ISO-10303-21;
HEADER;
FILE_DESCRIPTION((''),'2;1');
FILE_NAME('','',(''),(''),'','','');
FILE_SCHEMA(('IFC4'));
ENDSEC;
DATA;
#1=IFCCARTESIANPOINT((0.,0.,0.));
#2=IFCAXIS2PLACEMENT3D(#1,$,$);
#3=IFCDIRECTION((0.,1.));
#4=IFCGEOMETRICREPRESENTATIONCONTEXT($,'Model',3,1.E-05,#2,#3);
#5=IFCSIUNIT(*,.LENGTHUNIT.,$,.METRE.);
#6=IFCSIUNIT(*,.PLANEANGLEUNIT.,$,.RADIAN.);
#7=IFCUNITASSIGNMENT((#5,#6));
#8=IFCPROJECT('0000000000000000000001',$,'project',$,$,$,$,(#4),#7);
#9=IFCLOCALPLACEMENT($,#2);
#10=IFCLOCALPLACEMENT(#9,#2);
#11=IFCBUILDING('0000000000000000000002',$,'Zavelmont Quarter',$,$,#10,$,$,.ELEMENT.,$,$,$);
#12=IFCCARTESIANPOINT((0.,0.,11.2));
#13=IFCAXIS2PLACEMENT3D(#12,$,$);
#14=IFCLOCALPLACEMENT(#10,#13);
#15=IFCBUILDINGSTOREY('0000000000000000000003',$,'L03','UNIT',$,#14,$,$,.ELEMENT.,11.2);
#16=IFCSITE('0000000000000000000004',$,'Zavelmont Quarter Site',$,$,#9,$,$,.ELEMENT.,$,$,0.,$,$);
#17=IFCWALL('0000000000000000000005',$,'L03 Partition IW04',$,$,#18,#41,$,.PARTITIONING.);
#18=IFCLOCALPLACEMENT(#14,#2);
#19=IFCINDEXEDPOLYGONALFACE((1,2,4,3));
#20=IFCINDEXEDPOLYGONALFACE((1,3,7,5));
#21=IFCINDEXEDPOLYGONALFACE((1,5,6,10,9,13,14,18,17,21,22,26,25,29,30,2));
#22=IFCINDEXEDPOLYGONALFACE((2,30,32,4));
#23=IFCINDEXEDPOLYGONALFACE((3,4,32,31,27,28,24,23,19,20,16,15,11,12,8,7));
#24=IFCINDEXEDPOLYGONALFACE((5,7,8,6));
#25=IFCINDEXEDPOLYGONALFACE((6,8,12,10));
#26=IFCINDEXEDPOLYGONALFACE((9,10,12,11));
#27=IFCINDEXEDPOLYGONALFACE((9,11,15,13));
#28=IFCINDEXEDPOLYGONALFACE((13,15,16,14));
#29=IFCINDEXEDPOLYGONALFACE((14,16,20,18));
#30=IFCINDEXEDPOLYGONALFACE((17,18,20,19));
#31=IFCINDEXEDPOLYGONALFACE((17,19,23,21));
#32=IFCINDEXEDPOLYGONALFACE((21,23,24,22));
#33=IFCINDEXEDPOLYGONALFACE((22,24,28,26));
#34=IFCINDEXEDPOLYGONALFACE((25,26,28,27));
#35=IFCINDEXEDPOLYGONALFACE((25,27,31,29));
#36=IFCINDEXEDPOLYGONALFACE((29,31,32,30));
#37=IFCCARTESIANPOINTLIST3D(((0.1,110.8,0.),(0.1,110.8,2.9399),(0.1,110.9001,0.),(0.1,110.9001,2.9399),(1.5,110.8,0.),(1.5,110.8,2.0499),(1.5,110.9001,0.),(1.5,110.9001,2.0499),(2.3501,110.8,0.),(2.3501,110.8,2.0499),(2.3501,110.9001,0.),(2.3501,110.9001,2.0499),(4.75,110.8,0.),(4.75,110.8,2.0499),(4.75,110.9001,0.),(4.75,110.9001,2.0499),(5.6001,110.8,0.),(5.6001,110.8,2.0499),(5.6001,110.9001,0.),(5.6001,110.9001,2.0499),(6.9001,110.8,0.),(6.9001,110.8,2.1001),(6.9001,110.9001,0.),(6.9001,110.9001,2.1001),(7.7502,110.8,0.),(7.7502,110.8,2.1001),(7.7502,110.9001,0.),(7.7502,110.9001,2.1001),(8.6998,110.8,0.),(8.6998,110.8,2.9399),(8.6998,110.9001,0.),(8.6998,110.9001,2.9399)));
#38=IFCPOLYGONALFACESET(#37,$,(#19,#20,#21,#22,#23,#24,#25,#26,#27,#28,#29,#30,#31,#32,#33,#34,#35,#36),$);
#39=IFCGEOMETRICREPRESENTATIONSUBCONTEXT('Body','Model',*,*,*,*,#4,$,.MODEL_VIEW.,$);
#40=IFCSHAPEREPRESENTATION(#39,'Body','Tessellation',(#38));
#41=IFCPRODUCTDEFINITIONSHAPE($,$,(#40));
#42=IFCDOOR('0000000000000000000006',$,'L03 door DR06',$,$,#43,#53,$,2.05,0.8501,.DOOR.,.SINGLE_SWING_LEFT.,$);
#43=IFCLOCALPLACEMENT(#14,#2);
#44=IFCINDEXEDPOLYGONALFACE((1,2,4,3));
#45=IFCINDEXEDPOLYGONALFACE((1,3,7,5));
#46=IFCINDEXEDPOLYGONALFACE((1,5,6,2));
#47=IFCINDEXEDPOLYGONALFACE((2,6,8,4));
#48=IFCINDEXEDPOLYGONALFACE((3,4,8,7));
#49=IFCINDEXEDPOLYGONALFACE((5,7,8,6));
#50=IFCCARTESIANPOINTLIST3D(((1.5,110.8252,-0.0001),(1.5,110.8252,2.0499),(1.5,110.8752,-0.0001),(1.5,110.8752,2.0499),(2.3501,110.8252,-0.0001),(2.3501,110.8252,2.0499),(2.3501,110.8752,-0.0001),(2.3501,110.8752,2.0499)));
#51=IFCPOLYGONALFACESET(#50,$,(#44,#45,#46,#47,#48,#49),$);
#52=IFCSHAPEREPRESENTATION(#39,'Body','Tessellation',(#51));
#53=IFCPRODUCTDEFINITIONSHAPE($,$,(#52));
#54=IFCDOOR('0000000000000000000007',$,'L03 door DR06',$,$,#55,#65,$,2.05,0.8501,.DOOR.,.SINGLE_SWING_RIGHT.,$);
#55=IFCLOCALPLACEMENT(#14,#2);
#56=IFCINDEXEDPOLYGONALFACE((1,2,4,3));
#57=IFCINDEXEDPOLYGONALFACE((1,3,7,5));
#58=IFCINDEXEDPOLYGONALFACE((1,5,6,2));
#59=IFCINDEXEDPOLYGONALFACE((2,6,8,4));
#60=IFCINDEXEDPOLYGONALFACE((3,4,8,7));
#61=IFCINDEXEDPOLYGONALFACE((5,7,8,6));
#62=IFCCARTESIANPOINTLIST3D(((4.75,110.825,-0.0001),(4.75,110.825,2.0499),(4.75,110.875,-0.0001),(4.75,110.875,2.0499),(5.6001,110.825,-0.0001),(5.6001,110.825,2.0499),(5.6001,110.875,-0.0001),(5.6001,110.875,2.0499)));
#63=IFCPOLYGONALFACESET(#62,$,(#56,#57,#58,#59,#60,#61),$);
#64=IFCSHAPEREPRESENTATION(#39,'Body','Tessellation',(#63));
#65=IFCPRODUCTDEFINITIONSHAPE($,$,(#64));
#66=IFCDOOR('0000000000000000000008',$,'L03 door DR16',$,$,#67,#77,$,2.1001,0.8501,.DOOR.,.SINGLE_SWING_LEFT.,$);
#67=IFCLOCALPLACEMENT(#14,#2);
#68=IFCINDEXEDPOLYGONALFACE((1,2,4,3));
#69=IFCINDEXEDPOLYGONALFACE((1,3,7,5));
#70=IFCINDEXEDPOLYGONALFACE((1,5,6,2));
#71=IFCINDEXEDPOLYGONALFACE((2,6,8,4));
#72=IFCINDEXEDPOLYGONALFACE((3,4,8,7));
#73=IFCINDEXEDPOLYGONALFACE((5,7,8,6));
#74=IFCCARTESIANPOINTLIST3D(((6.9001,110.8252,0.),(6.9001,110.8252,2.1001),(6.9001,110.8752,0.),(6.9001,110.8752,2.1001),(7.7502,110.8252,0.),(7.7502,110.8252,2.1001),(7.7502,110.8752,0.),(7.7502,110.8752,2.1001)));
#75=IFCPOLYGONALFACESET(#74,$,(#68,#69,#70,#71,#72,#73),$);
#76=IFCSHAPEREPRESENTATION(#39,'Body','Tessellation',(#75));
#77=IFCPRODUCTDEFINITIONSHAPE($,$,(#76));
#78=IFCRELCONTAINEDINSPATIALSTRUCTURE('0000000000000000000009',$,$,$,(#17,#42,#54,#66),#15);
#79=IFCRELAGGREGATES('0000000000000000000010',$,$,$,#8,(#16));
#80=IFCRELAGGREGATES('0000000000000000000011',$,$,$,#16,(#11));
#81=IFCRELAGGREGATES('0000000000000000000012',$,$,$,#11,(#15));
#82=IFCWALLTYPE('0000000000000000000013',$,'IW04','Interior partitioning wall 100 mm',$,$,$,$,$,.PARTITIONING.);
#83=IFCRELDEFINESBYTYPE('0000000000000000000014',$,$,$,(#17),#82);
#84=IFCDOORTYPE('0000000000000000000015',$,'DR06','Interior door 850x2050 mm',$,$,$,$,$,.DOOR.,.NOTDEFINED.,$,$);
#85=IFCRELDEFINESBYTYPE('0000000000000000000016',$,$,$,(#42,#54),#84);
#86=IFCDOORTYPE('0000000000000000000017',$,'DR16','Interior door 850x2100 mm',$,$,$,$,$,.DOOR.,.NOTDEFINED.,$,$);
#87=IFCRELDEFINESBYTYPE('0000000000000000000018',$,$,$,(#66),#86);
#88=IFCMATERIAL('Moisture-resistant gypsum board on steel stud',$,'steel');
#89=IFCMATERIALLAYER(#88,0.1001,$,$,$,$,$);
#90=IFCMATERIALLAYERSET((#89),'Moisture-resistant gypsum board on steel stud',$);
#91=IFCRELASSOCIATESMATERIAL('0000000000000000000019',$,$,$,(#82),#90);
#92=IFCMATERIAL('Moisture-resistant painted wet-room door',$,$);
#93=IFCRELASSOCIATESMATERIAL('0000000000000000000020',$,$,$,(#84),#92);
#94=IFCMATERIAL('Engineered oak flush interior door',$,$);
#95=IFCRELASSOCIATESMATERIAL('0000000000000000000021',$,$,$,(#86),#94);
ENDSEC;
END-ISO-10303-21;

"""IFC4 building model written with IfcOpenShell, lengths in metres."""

from ifc_helpers import new_model, si_unit, direction, frame, frame_2d, origin, origin_with_axes, place, context, subcontext, project, spatial, rectangle, extrude, material, layer, layer_set, type_object, element, fill, save


model = new_model("IFC4")

# Units and contexts
model_context = context("Model", 3, precision=1e-05, world=origin(), true_north=direction((0.0, 1.0)))
body_context = subcontext(model_context, "Body", "Model", "MODEL_VIEW")
ifc_project = project(units=[si_unit("LENGTHUNIT", "METRE"), si_unit("PLANEANGLEUNIT", "RADIAN")], contexts=[model_context])

# Site, building, storey
site_placement = place(None, origin())
site = spatial("IfcSite", under=ifc_project, at=site_placement, Name="Zavelmont Quarter Site", CompositionType="ELEMENT", RefElevation=0.0)
building_placement = place(site_placement, origin())
building = spatial("IfcBuilding", under=site, at=building_placement, Name="Zavelmont Quarter", CompositionType="ELEMENT")
storey_placement = place(building_placement, frame((0.0, 0.0, 11.2)))
storey = spatial("IfcBuildingStorey", under=building, at=storey_placement, Name="L03", Description="UNIT", CompositionType="ELEMENT", Elevation=11.2)

# Shared definitions
ifc_material_1 = material(Name="Engineered oak flush interior door")

# Shared definitions
ifc_material_2 = material(Name="Moisture-resistant gypsum board on steel stud", Category="steel")
ifc_layer_1 = layer(ifc_material_2, 0.1001)
ifc_layer_set_1 = layer_set([ifc_layer_1], Name="Moisture-resistant gypsum board on steel stud")
wall_type_1 = type_object("IfcWallType", Name="IW04", Description="Interior partitioning wall 100 mm", PredefinedType="PARTITIONING", material=ifc_layer_set_1)

# Wall, openings, doors
wall_1_placement = place(storey_placement, frame((0.1001, 110.8501, 0.0), z_axis=(0.0, 0.0, 1.0), x_axis=(1.0, 0.0, 0.0)))
wall_1 = element("IfcWall", 1, at=wall_1_placement, inside=storey, type_object=wall_type_1, Name="L03 Partition IW04", PredefinedType="PARTITIONING", context=body_context, shape_type="SweptSolid", body=[
    extrude(rectangle(XDim=8.5999, YDim=0.1001, at=frame_2d((4.2998, 0.0))), origin(), (0.0, 0.0, 1.0), 2.9399),
])
opening_1_placement = place(wall_1_placement, frame((1.3999, 0.0, 0.0)))
opening_1 = element("IfcOpeningElement", 2, at=opening_1_placement, cuts=wall_1, PredefinedType="OPENING", context=body_context, shape_type="SweptSolid", body=[
    extrude(rectangle(XDim=0.8501, YDim=2.05, at=frame_2d((0.425, 1.0249))), frame((0.0, 0.062, 0.0), z_axis=(0.0, -1.0, 0.0), x_axis=(1.0, 0.0, 0.0)), (0.0, 0.0, 1.0), 0.124),
])
opening_2_placement = place(wall_1_placement, frame((4.6499, 0.0, 0.0)))
opening_2 = element("IfcOpeningElement", 3, at=opening_2_placement, cuts=wall_1, PredefinedType="OPENING", context=body_context, shape_type="SweptSolid", body=[
    extrude(rectangle(XDim=0.8501, YDim=2.05, at=frame_2d((0.425, 1.0249))), frame((0.0, 0.062, 0.0), z_axis=(0.0, -1.0, 0.0), x_axis=(1.0, 0.0, 0.0)), (0.0, 0.0, 1.0), 0.124),
])
opening_3_placement = place(wall_1_placement, frame((6.8, 0.0, 0.0)))
opening_3 = element("IfcOpeningElement", 4, at=opening_3_placement, cuts=wall_1, PredefinedType="OPENING", context=body_context, shape_type="SweptSolid", body=[
    extrude(rectangle(XDim=0.8501, YDim=2.1001, at=frame_2d((0.425, 1.05))), frame((0.0, 0.062, 0.0), z_axis=(0.0, -1.0, 0.0), x_axis=(1.0, 0.0, 0.0)), (0.0, 0.0, 1.0), 0.124),
])
ifc_material_3 = material(Name="Moisture-resistant painted wet-room door")
door_type_1 = type_object("IfcDoorType", Name="DR06", Description="Interior door 850x2050 mm", OperationType="NOTDEFINED", PredefinedType="DOOR", material=ifc_material_3)
door_1_placement = place(opening_1_placement, frame((0.8501, 0.0, 0.0), z_axis=(0.0, 0.0, 1.0), x_axis=(-1.0, 0.0, 0.0)))
door_1 = element("IfcDoor", 5, at=door_1_placement, inside=storey, type_object=door_type_1, Name="L03 door DR06", OperationType="SINGLE_SWING_LEFT", OverallHeight=2.05, OverallWidth=0.8501, PredefinedType="DOOR", context=body_context, shape_type="SweptSolid", body=[
    extrude(rectangle(XDim=0.8501, YDim=2.05, at=frame_2d((0.425, 1.0249))), frame((0.0, 0.0249, 0.0), z_axis=(0.0, -1.0, 0.0), x_axis=(1.0, 0.0, 0.0)), (0.0, 0.0, 1.0), 0.05),
])
fill(opening_1, door_1)
door_2_placement = place(opening_2_placement, origin_with_axes())
door_2 = element("IfcDoor", 6, at=door_2_placement, inside=storey, type_object=door_type_1, Name="L03 door DR06", OperationType="SINGLE_SWING_RIGHT", OverallHeight=2.05, OverallWidth=0.8501, PredefinedType="DOOR", context=body_context, shape_type="SweptSolid", body=[
    extrude(rectangle(XDim=0.8501, YDim=2.05, at=frame_2d((0.425, 1.0249))), frame((0.0, 0.0249, 0.0), z_axis=(0.0, -1.0, 0.0), x_axis=(1.0, 0.0, 0.0)), (0.0, 0.0, 1.0), 0.05),
])
fill(opening_2, door_2)
door_type_2 = type_object("IfcDoorType", Name="DR16", Description="Interior door 850x2100 mm", OperationType="NOTDEFINED", PredefinedType="DOOR", material=ifc_material_1)
door_3_placement = place(opening_3_placement, frame((0.8501, 0.0, 0.0), z_axis=(0.0, 0.0, 1.0), x_axis=(-1.0, 0.0, 0.0)))
door_3 = element("IfcDoor", 7, at=door_3_placement, inside=storey, type_object=door_type_2, Name="L03 door DR16", OperationType="SINGLE_SWING_LEFT", OverallHeight=2.1001, OverallWidth=0.8501, PredefinedType="DOOR", context=body_context, shape_type="SweptSolid", body=[
    extrude(rectangle(XDim=0.8501, YDim=2.1001, at=frame_2d((0.425, 1.05))), frame((0.0, 0.0249, 0.0), z_axis=(0.0, -1.0, 0.0), x_axis=(1.0, 0.0, 0.0)), (0.0, 0.0, 1.0), 0.05),
])
fill(opening_3, door_3)

save(model, "model.ifc")
